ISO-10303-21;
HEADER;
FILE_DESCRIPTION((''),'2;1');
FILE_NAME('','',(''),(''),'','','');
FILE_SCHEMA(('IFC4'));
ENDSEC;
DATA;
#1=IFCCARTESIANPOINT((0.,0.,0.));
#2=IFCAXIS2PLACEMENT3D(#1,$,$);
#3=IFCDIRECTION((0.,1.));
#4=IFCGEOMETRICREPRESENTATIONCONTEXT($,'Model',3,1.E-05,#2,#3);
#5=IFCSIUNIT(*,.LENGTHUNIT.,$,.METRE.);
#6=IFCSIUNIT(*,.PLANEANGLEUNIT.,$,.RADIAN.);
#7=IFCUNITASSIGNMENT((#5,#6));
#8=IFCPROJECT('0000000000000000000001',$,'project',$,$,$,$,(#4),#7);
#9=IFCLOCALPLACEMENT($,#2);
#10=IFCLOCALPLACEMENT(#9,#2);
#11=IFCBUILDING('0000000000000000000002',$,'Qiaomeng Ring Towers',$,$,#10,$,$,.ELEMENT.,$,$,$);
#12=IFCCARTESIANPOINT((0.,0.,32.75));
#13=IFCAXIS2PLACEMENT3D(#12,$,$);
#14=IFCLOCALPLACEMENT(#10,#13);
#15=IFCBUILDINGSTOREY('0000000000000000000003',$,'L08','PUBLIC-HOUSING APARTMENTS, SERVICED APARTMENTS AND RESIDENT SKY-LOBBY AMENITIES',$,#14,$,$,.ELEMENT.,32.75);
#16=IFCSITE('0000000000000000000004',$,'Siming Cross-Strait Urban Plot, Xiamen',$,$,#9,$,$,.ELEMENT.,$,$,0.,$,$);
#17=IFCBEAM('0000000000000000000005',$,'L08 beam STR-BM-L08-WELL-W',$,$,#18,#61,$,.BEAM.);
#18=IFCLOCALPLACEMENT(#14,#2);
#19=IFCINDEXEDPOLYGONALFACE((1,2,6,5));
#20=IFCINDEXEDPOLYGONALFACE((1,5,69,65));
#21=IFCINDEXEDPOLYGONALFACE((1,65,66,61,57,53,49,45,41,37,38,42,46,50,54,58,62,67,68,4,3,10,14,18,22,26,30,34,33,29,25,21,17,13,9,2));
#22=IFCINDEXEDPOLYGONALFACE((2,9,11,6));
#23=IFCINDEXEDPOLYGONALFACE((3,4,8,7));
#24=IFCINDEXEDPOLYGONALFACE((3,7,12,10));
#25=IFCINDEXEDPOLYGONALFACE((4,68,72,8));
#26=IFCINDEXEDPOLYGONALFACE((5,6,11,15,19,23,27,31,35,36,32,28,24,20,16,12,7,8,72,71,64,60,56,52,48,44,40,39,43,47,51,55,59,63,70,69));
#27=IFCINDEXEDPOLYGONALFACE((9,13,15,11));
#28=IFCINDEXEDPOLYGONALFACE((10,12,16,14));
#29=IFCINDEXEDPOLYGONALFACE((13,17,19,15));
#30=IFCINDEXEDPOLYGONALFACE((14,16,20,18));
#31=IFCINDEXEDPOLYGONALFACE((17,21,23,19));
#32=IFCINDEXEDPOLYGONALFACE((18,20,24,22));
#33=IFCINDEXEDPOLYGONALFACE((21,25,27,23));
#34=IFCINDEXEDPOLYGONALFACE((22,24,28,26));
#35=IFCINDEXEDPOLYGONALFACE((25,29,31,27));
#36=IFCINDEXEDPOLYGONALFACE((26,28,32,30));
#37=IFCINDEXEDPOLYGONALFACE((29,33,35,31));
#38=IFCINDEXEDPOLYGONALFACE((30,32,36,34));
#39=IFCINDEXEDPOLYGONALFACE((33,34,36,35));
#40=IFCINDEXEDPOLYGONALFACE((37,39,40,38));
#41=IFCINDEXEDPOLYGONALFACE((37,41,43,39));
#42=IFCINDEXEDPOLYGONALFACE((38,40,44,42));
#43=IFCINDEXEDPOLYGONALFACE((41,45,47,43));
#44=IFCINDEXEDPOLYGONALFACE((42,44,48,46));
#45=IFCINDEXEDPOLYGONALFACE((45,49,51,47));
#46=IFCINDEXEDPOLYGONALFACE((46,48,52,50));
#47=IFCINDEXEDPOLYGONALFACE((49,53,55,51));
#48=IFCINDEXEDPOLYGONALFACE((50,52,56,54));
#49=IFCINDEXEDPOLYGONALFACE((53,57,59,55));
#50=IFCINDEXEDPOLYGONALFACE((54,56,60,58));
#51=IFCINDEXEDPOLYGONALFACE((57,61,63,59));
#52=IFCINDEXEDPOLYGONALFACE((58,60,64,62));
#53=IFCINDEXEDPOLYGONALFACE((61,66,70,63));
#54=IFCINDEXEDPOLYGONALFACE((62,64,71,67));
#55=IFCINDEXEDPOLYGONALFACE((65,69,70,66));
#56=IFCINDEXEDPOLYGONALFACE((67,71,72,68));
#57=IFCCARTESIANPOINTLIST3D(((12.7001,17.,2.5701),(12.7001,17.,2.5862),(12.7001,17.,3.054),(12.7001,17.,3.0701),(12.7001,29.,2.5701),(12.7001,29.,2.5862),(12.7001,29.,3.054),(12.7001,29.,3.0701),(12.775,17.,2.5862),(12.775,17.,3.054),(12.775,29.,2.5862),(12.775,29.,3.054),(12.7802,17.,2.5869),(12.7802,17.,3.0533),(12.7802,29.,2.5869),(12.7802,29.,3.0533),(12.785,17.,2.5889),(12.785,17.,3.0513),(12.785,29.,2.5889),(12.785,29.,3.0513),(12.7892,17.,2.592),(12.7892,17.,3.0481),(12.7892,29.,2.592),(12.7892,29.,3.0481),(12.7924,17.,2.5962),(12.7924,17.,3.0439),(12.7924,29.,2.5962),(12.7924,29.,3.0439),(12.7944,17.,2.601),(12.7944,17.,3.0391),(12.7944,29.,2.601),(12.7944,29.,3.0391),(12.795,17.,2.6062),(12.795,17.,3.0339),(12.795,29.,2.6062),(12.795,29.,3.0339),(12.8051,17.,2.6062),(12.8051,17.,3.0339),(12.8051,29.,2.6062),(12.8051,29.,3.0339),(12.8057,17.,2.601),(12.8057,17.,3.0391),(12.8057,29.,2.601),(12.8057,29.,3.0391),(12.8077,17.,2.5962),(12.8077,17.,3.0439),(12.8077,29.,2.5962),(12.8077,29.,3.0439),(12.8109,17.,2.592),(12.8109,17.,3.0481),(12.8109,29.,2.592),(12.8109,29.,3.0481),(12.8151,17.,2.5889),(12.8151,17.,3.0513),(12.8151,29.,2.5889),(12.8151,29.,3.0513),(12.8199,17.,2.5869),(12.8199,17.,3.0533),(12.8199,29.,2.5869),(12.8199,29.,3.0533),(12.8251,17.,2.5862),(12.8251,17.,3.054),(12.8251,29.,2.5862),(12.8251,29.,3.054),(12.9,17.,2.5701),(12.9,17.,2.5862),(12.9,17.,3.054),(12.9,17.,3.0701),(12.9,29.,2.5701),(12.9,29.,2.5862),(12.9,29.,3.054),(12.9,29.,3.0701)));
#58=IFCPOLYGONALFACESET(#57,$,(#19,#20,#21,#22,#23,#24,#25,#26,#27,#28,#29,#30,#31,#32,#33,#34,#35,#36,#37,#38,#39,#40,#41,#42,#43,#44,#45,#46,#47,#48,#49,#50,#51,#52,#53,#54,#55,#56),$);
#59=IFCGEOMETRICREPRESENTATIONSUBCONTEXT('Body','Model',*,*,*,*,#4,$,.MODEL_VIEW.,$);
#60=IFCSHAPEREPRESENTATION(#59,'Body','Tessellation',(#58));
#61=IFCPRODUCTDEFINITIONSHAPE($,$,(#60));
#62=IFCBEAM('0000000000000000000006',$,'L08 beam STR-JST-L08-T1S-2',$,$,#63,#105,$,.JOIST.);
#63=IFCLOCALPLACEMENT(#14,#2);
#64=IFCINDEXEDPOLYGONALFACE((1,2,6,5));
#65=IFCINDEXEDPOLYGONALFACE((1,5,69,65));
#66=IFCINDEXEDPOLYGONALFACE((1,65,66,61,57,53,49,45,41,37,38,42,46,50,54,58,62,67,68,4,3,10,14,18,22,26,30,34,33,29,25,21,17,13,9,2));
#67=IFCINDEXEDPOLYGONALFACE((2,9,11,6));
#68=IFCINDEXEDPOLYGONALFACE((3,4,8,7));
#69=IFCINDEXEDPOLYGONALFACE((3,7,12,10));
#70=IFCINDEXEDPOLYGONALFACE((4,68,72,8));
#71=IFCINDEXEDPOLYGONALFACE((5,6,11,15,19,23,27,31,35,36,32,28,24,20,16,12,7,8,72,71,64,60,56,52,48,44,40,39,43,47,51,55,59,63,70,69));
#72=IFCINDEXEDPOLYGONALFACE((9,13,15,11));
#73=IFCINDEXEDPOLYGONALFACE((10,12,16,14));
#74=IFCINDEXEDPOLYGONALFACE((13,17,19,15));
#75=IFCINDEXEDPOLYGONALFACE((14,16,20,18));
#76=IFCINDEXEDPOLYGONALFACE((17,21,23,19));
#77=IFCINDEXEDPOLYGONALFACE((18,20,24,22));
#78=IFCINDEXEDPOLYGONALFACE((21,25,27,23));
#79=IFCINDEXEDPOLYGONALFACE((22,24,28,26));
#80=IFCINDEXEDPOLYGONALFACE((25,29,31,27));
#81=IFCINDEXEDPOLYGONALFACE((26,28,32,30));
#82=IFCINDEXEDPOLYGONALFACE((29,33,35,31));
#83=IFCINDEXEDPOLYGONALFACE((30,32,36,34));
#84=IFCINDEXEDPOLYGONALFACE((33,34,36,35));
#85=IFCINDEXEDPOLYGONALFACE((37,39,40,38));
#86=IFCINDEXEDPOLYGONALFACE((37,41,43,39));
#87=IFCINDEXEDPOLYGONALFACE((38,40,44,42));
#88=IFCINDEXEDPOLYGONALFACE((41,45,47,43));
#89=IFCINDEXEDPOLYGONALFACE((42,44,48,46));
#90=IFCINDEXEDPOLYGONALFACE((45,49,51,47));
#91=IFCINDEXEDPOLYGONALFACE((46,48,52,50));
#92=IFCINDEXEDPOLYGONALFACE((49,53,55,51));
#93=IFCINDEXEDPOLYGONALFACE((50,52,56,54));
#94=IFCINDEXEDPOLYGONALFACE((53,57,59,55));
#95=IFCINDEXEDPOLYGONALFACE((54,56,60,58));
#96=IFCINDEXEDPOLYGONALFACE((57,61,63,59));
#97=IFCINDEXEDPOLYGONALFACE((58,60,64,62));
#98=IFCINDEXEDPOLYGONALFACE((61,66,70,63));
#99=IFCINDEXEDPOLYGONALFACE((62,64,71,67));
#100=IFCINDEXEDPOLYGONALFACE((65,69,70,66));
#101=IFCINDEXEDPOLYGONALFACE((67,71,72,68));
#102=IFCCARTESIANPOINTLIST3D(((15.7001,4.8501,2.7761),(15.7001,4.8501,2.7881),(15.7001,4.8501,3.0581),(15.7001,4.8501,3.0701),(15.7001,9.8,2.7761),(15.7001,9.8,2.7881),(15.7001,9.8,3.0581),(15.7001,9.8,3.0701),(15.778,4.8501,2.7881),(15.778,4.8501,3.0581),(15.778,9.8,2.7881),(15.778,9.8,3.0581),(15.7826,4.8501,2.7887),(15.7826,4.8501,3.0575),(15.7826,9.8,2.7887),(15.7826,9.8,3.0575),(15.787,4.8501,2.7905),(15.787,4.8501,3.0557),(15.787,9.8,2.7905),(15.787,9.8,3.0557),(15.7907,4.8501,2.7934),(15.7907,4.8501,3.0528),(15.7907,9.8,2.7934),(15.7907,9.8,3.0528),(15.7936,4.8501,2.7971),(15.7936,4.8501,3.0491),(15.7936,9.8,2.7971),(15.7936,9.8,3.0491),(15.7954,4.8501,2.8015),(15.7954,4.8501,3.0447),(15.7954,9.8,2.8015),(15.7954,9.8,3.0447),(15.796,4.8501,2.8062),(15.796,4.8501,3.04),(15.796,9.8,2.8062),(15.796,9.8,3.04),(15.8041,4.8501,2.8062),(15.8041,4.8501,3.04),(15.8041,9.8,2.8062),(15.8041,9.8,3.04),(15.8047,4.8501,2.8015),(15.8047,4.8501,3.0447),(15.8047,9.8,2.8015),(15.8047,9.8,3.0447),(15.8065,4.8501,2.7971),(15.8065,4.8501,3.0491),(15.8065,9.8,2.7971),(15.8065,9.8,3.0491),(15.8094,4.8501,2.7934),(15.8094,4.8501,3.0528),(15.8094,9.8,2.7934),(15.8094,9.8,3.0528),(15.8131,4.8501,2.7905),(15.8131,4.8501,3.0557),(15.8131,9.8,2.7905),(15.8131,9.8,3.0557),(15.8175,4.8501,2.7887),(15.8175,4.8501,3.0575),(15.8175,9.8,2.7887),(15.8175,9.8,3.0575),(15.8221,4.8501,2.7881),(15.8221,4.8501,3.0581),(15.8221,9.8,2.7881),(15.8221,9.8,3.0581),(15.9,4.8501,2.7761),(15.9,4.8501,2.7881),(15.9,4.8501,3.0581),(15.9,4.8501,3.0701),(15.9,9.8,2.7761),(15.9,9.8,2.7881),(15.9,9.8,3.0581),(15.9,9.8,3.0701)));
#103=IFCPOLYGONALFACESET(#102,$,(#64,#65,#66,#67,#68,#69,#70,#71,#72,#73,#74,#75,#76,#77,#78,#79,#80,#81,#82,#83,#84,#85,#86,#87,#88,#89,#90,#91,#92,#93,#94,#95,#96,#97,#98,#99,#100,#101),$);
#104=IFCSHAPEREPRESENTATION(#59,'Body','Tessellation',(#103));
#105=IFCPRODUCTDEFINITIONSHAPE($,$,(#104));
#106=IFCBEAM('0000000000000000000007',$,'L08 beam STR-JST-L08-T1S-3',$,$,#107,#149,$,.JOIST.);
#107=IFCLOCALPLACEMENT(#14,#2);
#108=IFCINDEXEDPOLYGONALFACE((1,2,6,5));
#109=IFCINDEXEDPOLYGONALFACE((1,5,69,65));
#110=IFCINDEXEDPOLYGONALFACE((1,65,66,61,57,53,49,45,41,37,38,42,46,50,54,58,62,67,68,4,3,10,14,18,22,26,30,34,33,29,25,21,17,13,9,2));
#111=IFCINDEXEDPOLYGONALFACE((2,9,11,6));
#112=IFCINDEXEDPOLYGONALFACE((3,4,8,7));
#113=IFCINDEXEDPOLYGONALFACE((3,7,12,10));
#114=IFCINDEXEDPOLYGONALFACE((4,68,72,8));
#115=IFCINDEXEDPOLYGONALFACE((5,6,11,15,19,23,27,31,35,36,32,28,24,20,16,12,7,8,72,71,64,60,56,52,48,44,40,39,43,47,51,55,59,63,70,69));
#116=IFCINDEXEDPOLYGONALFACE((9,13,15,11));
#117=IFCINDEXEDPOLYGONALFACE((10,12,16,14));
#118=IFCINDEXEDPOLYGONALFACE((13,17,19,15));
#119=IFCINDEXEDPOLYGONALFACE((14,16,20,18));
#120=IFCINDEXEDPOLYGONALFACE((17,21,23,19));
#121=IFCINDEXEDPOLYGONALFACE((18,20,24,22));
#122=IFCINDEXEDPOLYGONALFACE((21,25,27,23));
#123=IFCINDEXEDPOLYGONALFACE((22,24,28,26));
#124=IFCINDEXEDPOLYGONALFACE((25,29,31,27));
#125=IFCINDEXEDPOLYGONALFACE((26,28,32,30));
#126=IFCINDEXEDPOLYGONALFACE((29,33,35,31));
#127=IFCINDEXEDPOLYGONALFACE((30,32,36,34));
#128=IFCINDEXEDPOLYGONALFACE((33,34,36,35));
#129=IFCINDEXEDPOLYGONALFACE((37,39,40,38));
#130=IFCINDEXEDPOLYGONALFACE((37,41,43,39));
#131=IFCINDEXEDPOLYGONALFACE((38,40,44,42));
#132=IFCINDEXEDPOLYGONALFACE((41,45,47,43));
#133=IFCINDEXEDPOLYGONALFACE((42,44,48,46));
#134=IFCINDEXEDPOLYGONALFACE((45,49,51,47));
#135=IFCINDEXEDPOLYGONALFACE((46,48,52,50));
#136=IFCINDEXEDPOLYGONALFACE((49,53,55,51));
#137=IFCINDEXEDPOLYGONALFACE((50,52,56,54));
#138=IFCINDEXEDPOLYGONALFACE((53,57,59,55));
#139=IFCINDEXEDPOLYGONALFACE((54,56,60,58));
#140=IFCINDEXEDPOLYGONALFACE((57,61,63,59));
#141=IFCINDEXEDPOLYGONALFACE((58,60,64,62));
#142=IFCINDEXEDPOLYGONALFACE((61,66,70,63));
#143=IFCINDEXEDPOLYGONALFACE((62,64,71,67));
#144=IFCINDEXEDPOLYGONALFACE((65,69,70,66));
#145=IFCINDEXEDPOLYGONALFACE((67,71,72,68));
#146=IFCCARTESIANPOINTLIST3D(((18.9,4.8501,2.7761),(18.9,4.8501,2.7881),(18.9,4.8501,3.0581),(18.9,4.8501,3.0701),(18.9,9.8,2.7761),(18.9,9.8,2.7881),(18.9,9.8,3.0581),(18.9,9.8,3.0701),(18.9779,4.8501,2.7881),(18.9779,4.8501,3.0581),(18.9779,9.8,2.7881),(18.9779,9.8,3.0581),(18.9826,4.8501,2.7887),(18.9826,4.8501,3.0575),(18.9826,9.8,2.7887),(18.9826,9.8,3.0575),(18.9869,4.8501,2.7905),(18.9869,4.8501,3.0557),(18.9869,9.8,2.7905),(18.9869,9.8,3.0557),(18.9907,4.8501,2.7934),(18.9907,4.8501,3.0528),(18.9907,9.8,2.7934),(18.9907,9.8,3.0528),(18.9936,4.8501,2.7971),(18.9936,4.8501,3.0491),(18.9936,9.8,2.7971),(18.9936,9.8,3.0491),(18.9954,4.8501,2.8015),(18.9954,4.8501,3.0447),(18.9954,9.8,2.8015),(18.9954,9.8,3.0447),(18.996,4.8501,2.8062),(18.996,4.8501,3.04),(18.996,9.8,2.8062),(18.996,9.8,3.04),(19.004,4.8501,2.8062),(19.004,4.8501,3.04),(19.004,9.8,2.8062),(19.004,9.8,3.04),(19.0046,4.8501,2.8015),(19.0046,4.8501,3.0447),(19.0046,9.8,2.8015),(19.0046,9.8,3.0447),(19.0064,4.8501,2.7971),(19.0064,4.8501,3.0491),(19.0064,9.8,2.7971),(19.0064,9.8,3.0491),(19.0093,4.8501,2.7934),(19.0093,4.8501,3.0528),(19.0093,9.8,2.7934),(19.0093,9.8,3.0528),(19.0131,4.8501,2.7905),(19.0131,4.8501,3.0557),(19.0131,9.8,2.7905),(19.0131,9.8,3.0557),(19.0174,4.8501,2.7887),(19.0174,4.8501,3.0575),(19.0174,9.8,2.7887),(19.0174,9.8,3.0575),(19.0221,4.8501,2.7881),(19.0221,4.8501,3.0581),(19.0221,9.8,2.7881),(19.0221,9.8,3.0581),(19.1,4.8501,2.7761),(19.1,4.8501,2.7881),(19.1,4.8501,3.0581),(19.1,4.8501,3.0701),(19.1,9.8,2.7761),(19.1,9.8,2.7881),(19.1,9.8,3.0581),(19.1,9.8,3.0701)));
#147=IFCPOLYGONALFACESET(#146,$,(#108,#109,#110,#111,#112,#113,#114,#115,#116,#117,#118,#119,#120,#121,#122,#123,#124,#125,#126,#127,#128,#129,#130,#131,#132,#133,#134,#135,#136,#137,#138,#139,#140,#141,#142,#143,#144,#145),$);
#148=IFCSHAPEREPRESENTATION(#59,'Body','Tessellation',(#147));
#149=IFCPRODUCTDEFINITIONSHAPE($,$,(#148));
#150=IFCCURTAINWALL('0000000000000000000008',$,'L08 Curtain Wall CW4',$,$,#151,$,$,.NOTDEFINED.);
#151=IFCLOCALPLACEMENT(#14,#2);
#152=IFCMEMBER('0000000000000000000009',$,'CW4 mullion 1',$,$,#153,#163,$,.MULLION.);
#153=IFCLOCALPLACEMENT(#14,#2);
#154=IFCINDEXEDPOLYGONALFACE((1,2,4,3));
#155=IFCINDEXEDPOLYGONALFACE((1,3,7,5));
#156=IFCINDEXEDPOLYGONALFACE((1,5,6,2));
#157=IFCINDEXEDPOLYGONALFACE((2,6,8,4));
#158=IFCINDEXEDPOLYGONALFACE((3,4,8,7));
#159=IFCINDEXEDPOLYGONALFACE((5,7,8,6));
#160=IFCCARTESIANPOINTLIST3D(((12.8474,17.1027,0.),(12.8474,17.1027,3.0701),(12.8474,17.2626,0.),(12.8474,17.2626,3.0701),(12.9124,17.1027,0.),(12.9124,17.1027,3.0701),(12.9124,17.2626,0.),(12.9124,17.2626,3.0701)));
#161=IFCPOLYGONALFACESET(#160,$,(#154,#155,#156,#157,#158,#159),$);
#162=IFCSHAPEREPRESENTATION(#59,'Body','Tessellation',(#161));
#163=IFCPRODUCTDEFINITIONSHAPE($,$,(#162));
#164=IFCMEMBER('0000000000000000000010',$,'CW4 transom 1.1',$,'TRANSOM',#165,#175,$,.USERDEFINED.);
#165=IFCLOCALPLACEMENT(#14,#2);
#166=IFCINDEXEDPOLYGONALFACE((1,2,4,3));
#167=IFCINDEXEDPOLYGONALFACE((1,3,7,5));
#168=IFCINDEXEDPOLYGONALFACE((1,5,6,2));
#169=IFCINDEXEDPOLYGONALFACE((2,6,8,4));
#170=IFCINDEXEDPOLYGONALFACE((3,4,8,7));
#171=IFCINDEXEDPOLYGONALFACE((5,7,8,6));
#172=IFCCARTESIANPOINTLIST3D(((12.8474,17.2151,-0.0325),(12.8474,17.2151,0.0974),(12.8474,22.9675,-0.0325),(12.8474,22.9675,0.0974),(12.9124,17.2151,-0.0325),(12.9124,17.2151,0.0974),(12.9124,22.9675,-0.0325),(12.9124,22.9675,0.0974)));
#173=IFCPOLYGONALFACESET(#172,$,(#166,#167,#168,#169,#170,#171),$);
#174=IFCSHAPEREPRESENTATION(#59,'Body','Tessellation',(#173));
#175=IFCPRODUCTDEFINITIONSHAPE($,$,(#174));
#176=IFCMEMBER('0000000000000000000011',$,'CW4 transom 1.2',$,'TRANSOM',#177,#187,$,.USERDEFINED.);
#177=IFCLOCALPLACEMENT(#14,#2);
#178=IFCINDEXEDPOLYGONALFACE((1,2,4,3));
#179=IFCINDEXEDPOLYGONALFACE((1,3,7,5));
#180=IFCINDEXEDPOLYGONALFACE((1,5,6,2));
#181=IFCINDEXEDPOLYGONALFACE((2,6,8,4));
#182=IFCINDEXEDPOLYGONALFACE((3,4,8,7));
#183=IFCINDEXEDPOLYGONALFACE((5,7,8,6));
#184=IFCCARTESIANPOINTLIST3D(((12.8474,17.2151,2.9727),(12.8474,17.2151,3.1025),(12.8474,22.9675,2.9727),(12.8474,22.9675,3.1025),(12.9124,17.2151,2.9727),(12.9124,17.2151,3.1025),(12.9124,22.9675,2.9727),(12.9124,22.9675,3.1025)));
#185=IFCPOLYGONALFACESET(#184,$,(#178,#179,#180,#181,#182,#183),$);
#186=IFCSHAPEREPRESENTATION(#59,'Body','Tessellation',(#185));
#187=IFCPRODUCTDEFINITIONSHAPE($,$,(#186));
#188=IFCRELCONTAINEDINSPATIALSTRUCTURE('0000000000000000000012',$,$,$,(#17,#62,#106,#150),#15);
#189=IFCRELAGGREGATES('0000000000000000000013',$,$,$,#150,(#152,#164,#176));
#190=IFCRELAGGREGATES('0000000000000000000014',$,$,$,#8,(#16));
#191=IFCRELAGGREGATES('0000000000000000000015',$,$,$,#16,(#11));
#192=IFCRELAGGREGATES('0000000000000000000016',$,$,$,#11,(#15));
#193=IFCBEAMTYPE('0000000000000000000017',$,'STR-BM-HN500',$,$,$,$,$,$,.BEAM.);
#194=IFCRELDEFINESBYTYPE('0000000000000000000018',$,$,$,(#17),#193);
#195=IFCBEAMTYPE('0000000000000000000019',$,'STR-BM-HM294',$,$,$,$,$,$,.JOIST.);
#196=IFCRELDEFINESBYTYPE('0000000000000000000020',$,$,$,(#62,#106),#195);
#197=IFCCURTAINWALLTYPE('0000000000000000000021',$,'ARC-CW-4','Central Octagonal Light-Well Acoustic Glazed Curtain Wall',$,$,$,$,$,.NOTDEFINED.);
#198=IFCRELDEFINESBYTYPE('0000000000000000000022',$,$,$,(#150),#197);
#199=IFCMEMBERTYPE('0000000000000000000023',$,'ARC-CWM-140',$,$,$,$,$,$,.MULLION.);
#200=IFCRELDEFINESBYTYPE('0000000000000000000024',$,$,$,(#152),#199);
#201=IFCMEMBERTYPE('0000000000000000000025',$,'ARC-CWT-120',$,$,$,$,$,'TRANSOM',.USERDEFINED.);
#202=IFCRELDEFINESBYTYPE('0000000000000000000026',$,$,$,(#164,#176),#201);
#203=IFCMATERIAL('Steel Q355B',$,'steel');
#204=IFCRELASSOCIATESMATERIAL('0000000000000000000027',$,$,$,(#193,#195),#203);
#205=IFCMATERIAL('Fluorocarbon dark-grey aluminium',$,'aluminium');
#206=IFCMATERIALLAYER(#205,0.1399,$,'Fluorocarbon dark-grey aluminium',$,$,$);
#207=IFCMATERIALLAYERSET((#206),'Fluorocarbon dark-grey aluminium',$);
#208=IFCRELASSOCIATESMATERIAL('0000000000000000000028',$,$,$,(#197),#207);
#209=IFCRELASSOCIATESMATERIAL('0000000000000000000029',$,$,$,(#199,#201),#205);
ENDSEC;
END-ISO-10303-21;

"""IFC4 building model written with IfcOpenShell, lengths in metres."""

from ifc_helpers import new_model, si_unit, direction, frame, origin, origin_2d, place, context, subcontext, project, spatial, rectangle, i_section, extrude, source, transform, mapped, material, layer, layer_set, material_profile, profile_set, type_object, element, aggregate, save


model = new_model("IFC4")

# Units and contexts
model_context = context("Model", 3, precision=1e-05, world=origin(), true_north=direction((0.0, 1.0)))
body_context = subcontext(model_context, "Body", "Model", "MODEL_VIEW")
ifc_project = project(units=[si_unit("LENGTHUNIT", "METRE"), si_unit("PLANEANGLEUNIT", "RADIAN")], contexts=[model_context])

# Site, building, storey
site_placement = place(None, origin())
site = spatial("IfcSite", under=ifc_project, at=site_placement, Name="Siming Cross-Strait Urban Plot, Xiamen", CompositionType="ELEMENT", RefElevation=0.0)
building_placement = place(site_placement, origin())
building = spatial("IfcBuilding", under=site, at=building_placement, Name="Qiaomeng Ring Towers", CompositionType="ELEMENT")
storey_placement = place(building_placement, frame((0.0, 0.0, 32.75)))
storey = spatial("IfcBuildingStorey", under=building, at=storey_placement, Name="L08", Description="PUBLIC-HOUSING APARTMENTS, SERVICED APARTMENTS AND RESIDENT SKY-LOBBY AMENITIES", CompositionType="ELEMENT", Elevation=32.75)

# Beams
ifc_material_1 = material(Name="Steel Q355B", Category="steel")
ifc_material_profile_1 = material_profile(ifc_material_1, i_section(OverallWidth=0.2, OverallDepth=0.5, WebThickness=0.01, FlangeThickness=0.0161, FilletRadius=0.02, at=origin_2d()), Name="HN 500x200x10x16")
ifc_profile_set_1 = profile_set([ifc_material_profile_1], Name="Steel Q355B")
beam_type_1 = type_object("IfcBeamType", Name="STR-BM-HN500", PredefinedType="BEAM", material=ifc_profile_set_1)
shared_shape_1 = source(origin(), body_context, "Body", "SweptSolid", [
    extrude(i_section(OverallWidth=0.2, OverallDepth=0.5, WebThickness=0.01, FlangeThickness=0.0161, FilletRadius=0.02, at=origin_2d()), origin(), (0.0, 0.0, 1.0), 12.0),
])
beam_placement = place(storey_placement, frame((12.8, 17.0, 2.8201), z_axis=(0.0, 1.0, 0.0), x_axis=(-1.0, 0.0, 0.0)))
element("IfcBeam", 1, at=beam_placement, inside=storey, type_object=beam_type_1, Name="L08 beam STR-BM-L08-WELL-W", PredefinedType="BEAM", context=body_context, shape_type="MappedRepresentation", body=[
    mapped(shared_shape_1, transform((0.0, 0.0, 0.0), x_axis=(1.0, 0.0, 0.0), y_axis=(0.0, 1.0, 0.0), z_axis=(0.0, 0.0, 1.0), scale=1.0)),
])
ifc_material_profile_2 = material_profile(ifc_material_1, i_section(OverallWidth=0.2, OverallDepth=0.2939, WebThickness=0.0081, FlangeThickness=0.012, FilletRadius=0.0181, at=origin_2d()), Name="HM 294x200x8x12")
ifc_profile_set_2 = profile_set([ifc_material_profile_2], Name="Steel Q355B")
beam_type_2 = type_object("IfcBeamType", Name="STR-BM-HM294", PredefinedType="JOIST", material=ifc_profile_set_2)
shared_shape_2 = source(origin(), body_context, "Body", "SweptSolid", [
    extrude(i_section(OverallWidth=0.2, OverallDepth=0.2939, WebThickness=0.0081, FlangeThickness=0.012, FilletRadius=0.0181, at=origin_2d()), origin(), (0.0, 0.0, 1.0), 4.95),
])
for number, where, z_axis, x_axis, name in (
    (2, (15.8, 4.8501, 2.9231), (0.0, 1.0, 0.0), (-1.0, 0.0, 0.0), "L08 beam STR-JST-L08-T1S-2"),
    (3, (19.0, 4.8501, 2.9231), (0.0, 1.0, 0.0), (-1.0, 0.0, 0.0), "L08 beam STR-JST-L08-T1S-3"),
):
    element("IfcBeam", number, at=place(storey_placement, frame(where, z_axis=z_axis, x_axis=x_axis)), inside=storey, type_object=beam_type_2, Name=name, PredefinedType="JOIST", context=body_context, shape_type="MappedRepresentation", body=[
        mapped(shared_shape_2, transform((0.0, 0.0, 0.0), x_axis=(1.0, 0.0, 0.0), y_axis=(0.0, 1.0, 0.0), z_axis=(0.0, 0.0, 1.0), scale=1.0)),
    ])

# Curtain wall, members
ifc_material_2 = material(Name="Fluorocarbon dark-grey aluminium", Category="aluminium")
ifc_layer_1 = layer(ifc_material_2, 0.1399, Name="Fluorocarbon dark-grey aluminium")
ifc_layer_set_1 = layer_set([ifc_layer_1], Name="Fluorocarbon dark-grey aluminium")
curtain_wall_type = type_object("IfcCurtainWallType", Name="ARC-CW-4", Description="Central Octagonal Light-Well Acoustic Glazed Curtain Wall", PredefinedType="NOTDEFINED", material=ifc_layer_set_1)
curtain_wall_placement = place(storey_placement, origin())
curtain_wall = element("IfcCurtainWall", 4, at=curtain_wall_placement, inside=storey, type_object=curtain_wall_type, Name="L08 Curtain Wall CW4", PredefinedType="NOTDEFINED")
ifc_material_profile_3 = material_profile(ifc_material_2, rectangle(XDim=0.0649, YDim=0.1599, at=origin_2d()), Name="ALU MULL 65x160")
ifc_profile_set_3 = profile_set([ifc_material_profile_3], Name="Fluorocarbon dark-grey aluminium")
member_type_1 = type_object("IfcMemberType", Name="ARC-CWM-140", PredefinedType="MULLION", material=ifc_profile_set_3)
shared_shape_3 = source(origin(), body_context, "Body", "SweptSolid", [
    extrude(rectangle(XDim=0.0649, YDim=0.1599, at=origin_2d()), origin(), (0.0, 0.0, 1.0), 3.0701),
])
member_1_placement = place(storey_placement, frame((12.8799, 17.1826, 0.0), z_axis=(0.0, 0.0, 1.0), x_axis=(-1.0, 0.0, 0.0)))
member_1 = element("IfcMember", 5, at=member_1_placement, type_object=member_type_1, Name="CW4 mullion 1", PredefinedType="MULLION", context=body_context, shape_type="MappedRepresentation", body=[
    mapped(shared_shape_3, transform((0.0, 0.0, 0.0), x_axis=(1.0, 0.0, 0.0), y_axis=(0.0, 1.0, 0.0), z_axis=(0.0, 0.0, 1.0), scale=1.0)),
])
ifc_material_profile_4 = material_profile(ifc_material_2, rectangle(XDim=0.0649, YDim=0.1299, at=origin_2d()), Name="ALU TRAN 65x130")
ifc_profile_set_4 = profile_set([ifc_material_profile_4], Name="Fluorocarbon dark-grey aluminium")
member_type_2 = type_object("IfcMemberType", Name="ARC-CWT-120", ElementType="TRANSOM", PredefinedType="USERDEFINED", material=ifc_profile_set_4)
shared_shape_4 = source(origin(), body_context, "Body", "SweptSolid", [
    extrude(rectangle(XDim=0.0649, YDim=0.1299, at=origin_2d()), origin(), (0.0, 0.0, 1.0), 5.7524),
])
member_2_placement = place(storey_placement, frame((12.8799, 17.2151, 0.0325), z_axis=(0.0, 1.0, 0.0), x_axis=(-1.0, 0.0, 0.0)))
member_2 = element("IfcMember", 6, at=member_2_placement, type_object=member_type_2, Name="CW4 transom 1.1", ObjectType="TRANSOM", PredefinedType="USERDEFINED", context=body_context, shape_type="MappedRepresentation", body=[
    mapped(shared_shape_4, transform((0.0, 0.0, 0.0), x_axis=(1.0, 0.0, 0.0), y_axis=(0.0, 1.0, 0.0), z_axis=(0.0, 0.0, 1.0), scale=1.0)),
])
member_3_placement = place(storey_placement, frame((12.8799, 17.2151, 3.0376), z_axis=(0.0, 1.0, 0.0), x_axis=(-1.0, 0.0, 0.0)))
member_3 = element("IfcMember", 7, at=member_3_placement, type_object=member_type_2, Name="CW4 transom 1.2", ObjectType="TRANSOM", PredefinedType="USERDEFINED", context=body_context, shape_type="MappedRepresentation", body=[
    mapped(shared_shape_4, transform((0.0, 0.0, 0.0), x_axis=(1.0, 0.0, 0.0), y_axis=(0.0, 1.0, 0.0), z_axis=(0.0, 0.0, 1.0), scale=1.0)),
])
aggregate(curtain_wall, [member_1, member_2, member_3])

save(model, "model.ifc")
